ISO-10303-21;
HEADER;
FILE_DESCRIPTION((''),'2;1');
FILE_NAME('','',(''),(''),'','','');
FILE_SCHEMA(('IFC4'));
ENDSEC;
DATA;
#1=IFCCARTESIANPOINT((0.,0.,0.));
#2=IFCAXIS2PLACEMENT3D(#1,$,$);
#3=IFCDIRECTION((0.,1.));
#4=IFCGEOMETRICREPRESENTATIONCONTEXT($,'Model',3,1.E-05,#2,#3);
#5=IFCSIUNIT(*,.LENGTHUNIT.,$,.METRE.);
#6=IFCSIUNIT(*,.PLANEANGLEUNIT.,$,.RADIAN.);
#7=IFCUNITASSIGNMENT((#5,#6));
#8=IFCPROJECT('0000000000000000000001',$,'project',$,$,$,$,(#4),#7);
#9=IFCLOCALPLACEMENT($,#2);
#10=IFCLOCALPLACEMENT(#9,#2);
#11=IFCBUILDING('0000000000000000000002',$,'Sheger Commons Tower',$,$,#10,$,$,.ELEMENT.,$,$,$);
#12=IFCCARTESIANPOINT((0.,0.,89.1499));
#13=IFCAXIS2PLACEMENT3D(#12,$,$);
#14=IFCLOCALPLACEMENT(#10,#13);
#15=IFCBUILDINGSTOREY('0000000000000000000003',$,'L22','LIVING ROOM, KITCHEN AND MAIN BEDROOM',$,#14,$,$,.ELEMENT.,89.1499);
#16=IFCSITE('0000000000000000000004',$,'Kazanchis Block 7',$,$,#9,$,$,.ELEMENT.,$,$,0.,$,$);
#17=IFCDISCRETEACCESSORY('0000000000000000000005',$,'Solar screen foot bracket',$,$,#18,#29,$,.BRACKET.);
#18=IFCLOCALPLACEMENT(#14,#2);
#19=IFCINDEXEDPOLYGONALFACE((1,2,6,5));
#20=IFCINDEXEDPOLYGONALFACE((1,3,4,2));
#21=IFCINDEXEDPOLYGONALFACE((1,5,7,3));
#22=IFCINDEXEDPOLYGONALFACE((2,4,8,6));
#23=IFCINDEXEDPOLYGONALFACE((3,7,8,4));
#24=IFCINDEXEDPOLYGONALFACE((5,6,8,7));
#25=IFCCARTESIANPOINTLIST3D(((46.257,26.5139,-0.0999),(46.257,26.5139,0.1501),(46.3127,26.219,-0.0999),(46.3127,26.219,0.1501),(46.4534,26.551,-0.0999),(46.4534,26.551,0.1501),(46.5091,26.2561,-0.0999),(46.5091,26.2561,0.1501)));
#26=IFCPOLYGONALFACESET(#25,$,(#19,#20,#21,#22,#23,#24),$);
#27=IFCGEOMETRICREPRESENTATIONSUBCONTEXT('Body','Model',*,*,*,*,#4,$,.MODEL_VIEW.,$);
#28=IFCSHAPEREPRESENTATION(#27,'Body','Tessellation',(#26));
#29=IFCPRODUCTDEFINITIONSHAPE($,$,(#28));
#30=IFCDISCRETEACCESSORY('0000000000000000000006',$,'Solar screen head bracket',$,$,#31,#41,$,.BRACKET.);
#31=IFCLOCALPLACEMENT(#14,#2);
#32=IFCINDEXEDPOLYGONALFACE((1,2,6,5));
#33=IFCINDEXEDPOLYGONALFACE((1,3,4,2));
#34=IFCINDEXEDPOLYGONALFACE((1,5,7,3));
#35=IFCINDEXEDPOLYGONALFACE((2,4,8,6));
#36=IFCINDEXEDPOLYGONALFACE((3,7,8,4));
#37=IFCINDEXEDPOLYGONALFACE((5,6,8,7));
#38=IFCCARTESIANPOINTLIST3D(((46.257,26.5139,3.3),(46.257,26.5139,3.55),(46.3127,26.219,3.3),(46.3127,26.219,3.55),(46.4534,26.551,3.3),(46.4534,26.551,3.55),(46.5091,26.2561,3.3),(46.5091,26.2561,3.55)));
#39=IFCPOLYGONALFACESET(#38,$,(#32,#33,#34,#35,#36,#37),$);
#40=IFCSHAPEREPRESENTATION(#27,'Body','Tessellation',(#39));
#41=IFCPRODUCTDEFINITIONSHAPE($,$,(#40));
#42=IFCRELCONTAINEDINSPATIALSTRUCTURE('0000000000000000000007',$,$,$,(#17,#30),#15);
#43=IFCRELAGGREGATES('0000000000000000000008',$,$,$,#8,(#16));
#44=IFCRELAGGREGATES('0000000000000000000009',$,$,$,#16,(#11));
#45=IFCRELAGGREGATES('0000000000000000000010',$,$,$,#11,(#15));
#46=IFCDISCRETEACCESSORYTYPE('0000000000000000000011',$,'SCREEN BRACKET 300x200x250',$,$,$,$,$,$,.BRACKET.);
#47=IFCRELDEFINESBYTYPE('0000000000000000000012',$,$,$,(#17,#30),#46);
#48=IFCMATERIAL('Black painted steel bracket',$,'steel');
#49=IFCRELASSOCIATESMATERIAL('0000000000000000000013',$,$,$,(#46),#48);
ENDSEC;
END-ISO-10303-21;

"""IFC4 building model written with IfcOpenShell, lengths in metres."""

from ifc_helpers import new_model, si_unit, direction, frame, origin, origin_2d, place, context, subcontext, project, spatial, rectangle, extrude, material, type_object, element, save


model = new_model("IFC4")

# Units and contexts
model_context = context("Model", 3, precision=1e-05, world=origin(), true_north=direction((0.0, 1.0)))
body_context = subcontext(model_context, "Body", "Model", "MODEL_VIEW")
ifc_project = project(units=[si_unit("LENGTHUNIT", "METRE"), si_unit("PLANEANGLEUNIT", "RADIAN")], contexts=[model_context])

# Site, building, storey
site_placement = place(None, origin())
site = spatial("IfcSite", under=ifc_project, at=site_placement, Name="Kazanchis Block 7", CompositionType="ELEMENT", RefElevation=0.0)
building_placement = place(site_placement, origin())
building = spatial("IfcBuilding", under=site, at=building_placement, Name="Sheger Commons Tower", CompositionType="ELEMENT")
storey_placement = place(building_placement, frame((0.0, 0.0, 89.1499)))
storey = spatial("IfcBuildingStorey", under=building, at=storey_placement, Name="L22", Description="LIVING ROOM, KITCHEN AND MAIN BEDROOM", CompositionType="ELEMENT", Elevation=89.1499)

# Discrete accessories
ifc_material_1 = material(Name="Black painted steel bracket", Category="steel")
discrete_accessory_type = type_object("IfcDiscreteAccessoryType", Name="SCREEN BRACKET 300x200x250", PredefinedType="BRACKET", material=ifc_material_1)
for number, where, z_axis, x_axis, name in (
    (1, (46.3831, 26.385, -0.0999), (0.0, 0.0, 1.0), (-0.185615, 0.982623, 0.0), "Solar screen foot bracket"),
    (2, (46.3831, 26.385, 3.3), (0.0, 0.0, 1.0), (-0.185615, 0.982623, 0.0), "Solar screen head bracket"),
):
    element("IfcDiscreteAccessory", number, at=place(storey_placement, frame(where, z_axis=z_axis, x_axis=x_axis)), inside=storey, type_object=discrete_accessory_type, Name=name, PredefinedType="BRACKET", context=body_context, shape_type="SweptSolid", body=[
        extrude(rectangle(XDim=0.3, YDim=0.2, at=origin_2d()), origin(), (0.0, 0.0, 1.0), 0.25),
    ])

save(model, "model.ifc")
